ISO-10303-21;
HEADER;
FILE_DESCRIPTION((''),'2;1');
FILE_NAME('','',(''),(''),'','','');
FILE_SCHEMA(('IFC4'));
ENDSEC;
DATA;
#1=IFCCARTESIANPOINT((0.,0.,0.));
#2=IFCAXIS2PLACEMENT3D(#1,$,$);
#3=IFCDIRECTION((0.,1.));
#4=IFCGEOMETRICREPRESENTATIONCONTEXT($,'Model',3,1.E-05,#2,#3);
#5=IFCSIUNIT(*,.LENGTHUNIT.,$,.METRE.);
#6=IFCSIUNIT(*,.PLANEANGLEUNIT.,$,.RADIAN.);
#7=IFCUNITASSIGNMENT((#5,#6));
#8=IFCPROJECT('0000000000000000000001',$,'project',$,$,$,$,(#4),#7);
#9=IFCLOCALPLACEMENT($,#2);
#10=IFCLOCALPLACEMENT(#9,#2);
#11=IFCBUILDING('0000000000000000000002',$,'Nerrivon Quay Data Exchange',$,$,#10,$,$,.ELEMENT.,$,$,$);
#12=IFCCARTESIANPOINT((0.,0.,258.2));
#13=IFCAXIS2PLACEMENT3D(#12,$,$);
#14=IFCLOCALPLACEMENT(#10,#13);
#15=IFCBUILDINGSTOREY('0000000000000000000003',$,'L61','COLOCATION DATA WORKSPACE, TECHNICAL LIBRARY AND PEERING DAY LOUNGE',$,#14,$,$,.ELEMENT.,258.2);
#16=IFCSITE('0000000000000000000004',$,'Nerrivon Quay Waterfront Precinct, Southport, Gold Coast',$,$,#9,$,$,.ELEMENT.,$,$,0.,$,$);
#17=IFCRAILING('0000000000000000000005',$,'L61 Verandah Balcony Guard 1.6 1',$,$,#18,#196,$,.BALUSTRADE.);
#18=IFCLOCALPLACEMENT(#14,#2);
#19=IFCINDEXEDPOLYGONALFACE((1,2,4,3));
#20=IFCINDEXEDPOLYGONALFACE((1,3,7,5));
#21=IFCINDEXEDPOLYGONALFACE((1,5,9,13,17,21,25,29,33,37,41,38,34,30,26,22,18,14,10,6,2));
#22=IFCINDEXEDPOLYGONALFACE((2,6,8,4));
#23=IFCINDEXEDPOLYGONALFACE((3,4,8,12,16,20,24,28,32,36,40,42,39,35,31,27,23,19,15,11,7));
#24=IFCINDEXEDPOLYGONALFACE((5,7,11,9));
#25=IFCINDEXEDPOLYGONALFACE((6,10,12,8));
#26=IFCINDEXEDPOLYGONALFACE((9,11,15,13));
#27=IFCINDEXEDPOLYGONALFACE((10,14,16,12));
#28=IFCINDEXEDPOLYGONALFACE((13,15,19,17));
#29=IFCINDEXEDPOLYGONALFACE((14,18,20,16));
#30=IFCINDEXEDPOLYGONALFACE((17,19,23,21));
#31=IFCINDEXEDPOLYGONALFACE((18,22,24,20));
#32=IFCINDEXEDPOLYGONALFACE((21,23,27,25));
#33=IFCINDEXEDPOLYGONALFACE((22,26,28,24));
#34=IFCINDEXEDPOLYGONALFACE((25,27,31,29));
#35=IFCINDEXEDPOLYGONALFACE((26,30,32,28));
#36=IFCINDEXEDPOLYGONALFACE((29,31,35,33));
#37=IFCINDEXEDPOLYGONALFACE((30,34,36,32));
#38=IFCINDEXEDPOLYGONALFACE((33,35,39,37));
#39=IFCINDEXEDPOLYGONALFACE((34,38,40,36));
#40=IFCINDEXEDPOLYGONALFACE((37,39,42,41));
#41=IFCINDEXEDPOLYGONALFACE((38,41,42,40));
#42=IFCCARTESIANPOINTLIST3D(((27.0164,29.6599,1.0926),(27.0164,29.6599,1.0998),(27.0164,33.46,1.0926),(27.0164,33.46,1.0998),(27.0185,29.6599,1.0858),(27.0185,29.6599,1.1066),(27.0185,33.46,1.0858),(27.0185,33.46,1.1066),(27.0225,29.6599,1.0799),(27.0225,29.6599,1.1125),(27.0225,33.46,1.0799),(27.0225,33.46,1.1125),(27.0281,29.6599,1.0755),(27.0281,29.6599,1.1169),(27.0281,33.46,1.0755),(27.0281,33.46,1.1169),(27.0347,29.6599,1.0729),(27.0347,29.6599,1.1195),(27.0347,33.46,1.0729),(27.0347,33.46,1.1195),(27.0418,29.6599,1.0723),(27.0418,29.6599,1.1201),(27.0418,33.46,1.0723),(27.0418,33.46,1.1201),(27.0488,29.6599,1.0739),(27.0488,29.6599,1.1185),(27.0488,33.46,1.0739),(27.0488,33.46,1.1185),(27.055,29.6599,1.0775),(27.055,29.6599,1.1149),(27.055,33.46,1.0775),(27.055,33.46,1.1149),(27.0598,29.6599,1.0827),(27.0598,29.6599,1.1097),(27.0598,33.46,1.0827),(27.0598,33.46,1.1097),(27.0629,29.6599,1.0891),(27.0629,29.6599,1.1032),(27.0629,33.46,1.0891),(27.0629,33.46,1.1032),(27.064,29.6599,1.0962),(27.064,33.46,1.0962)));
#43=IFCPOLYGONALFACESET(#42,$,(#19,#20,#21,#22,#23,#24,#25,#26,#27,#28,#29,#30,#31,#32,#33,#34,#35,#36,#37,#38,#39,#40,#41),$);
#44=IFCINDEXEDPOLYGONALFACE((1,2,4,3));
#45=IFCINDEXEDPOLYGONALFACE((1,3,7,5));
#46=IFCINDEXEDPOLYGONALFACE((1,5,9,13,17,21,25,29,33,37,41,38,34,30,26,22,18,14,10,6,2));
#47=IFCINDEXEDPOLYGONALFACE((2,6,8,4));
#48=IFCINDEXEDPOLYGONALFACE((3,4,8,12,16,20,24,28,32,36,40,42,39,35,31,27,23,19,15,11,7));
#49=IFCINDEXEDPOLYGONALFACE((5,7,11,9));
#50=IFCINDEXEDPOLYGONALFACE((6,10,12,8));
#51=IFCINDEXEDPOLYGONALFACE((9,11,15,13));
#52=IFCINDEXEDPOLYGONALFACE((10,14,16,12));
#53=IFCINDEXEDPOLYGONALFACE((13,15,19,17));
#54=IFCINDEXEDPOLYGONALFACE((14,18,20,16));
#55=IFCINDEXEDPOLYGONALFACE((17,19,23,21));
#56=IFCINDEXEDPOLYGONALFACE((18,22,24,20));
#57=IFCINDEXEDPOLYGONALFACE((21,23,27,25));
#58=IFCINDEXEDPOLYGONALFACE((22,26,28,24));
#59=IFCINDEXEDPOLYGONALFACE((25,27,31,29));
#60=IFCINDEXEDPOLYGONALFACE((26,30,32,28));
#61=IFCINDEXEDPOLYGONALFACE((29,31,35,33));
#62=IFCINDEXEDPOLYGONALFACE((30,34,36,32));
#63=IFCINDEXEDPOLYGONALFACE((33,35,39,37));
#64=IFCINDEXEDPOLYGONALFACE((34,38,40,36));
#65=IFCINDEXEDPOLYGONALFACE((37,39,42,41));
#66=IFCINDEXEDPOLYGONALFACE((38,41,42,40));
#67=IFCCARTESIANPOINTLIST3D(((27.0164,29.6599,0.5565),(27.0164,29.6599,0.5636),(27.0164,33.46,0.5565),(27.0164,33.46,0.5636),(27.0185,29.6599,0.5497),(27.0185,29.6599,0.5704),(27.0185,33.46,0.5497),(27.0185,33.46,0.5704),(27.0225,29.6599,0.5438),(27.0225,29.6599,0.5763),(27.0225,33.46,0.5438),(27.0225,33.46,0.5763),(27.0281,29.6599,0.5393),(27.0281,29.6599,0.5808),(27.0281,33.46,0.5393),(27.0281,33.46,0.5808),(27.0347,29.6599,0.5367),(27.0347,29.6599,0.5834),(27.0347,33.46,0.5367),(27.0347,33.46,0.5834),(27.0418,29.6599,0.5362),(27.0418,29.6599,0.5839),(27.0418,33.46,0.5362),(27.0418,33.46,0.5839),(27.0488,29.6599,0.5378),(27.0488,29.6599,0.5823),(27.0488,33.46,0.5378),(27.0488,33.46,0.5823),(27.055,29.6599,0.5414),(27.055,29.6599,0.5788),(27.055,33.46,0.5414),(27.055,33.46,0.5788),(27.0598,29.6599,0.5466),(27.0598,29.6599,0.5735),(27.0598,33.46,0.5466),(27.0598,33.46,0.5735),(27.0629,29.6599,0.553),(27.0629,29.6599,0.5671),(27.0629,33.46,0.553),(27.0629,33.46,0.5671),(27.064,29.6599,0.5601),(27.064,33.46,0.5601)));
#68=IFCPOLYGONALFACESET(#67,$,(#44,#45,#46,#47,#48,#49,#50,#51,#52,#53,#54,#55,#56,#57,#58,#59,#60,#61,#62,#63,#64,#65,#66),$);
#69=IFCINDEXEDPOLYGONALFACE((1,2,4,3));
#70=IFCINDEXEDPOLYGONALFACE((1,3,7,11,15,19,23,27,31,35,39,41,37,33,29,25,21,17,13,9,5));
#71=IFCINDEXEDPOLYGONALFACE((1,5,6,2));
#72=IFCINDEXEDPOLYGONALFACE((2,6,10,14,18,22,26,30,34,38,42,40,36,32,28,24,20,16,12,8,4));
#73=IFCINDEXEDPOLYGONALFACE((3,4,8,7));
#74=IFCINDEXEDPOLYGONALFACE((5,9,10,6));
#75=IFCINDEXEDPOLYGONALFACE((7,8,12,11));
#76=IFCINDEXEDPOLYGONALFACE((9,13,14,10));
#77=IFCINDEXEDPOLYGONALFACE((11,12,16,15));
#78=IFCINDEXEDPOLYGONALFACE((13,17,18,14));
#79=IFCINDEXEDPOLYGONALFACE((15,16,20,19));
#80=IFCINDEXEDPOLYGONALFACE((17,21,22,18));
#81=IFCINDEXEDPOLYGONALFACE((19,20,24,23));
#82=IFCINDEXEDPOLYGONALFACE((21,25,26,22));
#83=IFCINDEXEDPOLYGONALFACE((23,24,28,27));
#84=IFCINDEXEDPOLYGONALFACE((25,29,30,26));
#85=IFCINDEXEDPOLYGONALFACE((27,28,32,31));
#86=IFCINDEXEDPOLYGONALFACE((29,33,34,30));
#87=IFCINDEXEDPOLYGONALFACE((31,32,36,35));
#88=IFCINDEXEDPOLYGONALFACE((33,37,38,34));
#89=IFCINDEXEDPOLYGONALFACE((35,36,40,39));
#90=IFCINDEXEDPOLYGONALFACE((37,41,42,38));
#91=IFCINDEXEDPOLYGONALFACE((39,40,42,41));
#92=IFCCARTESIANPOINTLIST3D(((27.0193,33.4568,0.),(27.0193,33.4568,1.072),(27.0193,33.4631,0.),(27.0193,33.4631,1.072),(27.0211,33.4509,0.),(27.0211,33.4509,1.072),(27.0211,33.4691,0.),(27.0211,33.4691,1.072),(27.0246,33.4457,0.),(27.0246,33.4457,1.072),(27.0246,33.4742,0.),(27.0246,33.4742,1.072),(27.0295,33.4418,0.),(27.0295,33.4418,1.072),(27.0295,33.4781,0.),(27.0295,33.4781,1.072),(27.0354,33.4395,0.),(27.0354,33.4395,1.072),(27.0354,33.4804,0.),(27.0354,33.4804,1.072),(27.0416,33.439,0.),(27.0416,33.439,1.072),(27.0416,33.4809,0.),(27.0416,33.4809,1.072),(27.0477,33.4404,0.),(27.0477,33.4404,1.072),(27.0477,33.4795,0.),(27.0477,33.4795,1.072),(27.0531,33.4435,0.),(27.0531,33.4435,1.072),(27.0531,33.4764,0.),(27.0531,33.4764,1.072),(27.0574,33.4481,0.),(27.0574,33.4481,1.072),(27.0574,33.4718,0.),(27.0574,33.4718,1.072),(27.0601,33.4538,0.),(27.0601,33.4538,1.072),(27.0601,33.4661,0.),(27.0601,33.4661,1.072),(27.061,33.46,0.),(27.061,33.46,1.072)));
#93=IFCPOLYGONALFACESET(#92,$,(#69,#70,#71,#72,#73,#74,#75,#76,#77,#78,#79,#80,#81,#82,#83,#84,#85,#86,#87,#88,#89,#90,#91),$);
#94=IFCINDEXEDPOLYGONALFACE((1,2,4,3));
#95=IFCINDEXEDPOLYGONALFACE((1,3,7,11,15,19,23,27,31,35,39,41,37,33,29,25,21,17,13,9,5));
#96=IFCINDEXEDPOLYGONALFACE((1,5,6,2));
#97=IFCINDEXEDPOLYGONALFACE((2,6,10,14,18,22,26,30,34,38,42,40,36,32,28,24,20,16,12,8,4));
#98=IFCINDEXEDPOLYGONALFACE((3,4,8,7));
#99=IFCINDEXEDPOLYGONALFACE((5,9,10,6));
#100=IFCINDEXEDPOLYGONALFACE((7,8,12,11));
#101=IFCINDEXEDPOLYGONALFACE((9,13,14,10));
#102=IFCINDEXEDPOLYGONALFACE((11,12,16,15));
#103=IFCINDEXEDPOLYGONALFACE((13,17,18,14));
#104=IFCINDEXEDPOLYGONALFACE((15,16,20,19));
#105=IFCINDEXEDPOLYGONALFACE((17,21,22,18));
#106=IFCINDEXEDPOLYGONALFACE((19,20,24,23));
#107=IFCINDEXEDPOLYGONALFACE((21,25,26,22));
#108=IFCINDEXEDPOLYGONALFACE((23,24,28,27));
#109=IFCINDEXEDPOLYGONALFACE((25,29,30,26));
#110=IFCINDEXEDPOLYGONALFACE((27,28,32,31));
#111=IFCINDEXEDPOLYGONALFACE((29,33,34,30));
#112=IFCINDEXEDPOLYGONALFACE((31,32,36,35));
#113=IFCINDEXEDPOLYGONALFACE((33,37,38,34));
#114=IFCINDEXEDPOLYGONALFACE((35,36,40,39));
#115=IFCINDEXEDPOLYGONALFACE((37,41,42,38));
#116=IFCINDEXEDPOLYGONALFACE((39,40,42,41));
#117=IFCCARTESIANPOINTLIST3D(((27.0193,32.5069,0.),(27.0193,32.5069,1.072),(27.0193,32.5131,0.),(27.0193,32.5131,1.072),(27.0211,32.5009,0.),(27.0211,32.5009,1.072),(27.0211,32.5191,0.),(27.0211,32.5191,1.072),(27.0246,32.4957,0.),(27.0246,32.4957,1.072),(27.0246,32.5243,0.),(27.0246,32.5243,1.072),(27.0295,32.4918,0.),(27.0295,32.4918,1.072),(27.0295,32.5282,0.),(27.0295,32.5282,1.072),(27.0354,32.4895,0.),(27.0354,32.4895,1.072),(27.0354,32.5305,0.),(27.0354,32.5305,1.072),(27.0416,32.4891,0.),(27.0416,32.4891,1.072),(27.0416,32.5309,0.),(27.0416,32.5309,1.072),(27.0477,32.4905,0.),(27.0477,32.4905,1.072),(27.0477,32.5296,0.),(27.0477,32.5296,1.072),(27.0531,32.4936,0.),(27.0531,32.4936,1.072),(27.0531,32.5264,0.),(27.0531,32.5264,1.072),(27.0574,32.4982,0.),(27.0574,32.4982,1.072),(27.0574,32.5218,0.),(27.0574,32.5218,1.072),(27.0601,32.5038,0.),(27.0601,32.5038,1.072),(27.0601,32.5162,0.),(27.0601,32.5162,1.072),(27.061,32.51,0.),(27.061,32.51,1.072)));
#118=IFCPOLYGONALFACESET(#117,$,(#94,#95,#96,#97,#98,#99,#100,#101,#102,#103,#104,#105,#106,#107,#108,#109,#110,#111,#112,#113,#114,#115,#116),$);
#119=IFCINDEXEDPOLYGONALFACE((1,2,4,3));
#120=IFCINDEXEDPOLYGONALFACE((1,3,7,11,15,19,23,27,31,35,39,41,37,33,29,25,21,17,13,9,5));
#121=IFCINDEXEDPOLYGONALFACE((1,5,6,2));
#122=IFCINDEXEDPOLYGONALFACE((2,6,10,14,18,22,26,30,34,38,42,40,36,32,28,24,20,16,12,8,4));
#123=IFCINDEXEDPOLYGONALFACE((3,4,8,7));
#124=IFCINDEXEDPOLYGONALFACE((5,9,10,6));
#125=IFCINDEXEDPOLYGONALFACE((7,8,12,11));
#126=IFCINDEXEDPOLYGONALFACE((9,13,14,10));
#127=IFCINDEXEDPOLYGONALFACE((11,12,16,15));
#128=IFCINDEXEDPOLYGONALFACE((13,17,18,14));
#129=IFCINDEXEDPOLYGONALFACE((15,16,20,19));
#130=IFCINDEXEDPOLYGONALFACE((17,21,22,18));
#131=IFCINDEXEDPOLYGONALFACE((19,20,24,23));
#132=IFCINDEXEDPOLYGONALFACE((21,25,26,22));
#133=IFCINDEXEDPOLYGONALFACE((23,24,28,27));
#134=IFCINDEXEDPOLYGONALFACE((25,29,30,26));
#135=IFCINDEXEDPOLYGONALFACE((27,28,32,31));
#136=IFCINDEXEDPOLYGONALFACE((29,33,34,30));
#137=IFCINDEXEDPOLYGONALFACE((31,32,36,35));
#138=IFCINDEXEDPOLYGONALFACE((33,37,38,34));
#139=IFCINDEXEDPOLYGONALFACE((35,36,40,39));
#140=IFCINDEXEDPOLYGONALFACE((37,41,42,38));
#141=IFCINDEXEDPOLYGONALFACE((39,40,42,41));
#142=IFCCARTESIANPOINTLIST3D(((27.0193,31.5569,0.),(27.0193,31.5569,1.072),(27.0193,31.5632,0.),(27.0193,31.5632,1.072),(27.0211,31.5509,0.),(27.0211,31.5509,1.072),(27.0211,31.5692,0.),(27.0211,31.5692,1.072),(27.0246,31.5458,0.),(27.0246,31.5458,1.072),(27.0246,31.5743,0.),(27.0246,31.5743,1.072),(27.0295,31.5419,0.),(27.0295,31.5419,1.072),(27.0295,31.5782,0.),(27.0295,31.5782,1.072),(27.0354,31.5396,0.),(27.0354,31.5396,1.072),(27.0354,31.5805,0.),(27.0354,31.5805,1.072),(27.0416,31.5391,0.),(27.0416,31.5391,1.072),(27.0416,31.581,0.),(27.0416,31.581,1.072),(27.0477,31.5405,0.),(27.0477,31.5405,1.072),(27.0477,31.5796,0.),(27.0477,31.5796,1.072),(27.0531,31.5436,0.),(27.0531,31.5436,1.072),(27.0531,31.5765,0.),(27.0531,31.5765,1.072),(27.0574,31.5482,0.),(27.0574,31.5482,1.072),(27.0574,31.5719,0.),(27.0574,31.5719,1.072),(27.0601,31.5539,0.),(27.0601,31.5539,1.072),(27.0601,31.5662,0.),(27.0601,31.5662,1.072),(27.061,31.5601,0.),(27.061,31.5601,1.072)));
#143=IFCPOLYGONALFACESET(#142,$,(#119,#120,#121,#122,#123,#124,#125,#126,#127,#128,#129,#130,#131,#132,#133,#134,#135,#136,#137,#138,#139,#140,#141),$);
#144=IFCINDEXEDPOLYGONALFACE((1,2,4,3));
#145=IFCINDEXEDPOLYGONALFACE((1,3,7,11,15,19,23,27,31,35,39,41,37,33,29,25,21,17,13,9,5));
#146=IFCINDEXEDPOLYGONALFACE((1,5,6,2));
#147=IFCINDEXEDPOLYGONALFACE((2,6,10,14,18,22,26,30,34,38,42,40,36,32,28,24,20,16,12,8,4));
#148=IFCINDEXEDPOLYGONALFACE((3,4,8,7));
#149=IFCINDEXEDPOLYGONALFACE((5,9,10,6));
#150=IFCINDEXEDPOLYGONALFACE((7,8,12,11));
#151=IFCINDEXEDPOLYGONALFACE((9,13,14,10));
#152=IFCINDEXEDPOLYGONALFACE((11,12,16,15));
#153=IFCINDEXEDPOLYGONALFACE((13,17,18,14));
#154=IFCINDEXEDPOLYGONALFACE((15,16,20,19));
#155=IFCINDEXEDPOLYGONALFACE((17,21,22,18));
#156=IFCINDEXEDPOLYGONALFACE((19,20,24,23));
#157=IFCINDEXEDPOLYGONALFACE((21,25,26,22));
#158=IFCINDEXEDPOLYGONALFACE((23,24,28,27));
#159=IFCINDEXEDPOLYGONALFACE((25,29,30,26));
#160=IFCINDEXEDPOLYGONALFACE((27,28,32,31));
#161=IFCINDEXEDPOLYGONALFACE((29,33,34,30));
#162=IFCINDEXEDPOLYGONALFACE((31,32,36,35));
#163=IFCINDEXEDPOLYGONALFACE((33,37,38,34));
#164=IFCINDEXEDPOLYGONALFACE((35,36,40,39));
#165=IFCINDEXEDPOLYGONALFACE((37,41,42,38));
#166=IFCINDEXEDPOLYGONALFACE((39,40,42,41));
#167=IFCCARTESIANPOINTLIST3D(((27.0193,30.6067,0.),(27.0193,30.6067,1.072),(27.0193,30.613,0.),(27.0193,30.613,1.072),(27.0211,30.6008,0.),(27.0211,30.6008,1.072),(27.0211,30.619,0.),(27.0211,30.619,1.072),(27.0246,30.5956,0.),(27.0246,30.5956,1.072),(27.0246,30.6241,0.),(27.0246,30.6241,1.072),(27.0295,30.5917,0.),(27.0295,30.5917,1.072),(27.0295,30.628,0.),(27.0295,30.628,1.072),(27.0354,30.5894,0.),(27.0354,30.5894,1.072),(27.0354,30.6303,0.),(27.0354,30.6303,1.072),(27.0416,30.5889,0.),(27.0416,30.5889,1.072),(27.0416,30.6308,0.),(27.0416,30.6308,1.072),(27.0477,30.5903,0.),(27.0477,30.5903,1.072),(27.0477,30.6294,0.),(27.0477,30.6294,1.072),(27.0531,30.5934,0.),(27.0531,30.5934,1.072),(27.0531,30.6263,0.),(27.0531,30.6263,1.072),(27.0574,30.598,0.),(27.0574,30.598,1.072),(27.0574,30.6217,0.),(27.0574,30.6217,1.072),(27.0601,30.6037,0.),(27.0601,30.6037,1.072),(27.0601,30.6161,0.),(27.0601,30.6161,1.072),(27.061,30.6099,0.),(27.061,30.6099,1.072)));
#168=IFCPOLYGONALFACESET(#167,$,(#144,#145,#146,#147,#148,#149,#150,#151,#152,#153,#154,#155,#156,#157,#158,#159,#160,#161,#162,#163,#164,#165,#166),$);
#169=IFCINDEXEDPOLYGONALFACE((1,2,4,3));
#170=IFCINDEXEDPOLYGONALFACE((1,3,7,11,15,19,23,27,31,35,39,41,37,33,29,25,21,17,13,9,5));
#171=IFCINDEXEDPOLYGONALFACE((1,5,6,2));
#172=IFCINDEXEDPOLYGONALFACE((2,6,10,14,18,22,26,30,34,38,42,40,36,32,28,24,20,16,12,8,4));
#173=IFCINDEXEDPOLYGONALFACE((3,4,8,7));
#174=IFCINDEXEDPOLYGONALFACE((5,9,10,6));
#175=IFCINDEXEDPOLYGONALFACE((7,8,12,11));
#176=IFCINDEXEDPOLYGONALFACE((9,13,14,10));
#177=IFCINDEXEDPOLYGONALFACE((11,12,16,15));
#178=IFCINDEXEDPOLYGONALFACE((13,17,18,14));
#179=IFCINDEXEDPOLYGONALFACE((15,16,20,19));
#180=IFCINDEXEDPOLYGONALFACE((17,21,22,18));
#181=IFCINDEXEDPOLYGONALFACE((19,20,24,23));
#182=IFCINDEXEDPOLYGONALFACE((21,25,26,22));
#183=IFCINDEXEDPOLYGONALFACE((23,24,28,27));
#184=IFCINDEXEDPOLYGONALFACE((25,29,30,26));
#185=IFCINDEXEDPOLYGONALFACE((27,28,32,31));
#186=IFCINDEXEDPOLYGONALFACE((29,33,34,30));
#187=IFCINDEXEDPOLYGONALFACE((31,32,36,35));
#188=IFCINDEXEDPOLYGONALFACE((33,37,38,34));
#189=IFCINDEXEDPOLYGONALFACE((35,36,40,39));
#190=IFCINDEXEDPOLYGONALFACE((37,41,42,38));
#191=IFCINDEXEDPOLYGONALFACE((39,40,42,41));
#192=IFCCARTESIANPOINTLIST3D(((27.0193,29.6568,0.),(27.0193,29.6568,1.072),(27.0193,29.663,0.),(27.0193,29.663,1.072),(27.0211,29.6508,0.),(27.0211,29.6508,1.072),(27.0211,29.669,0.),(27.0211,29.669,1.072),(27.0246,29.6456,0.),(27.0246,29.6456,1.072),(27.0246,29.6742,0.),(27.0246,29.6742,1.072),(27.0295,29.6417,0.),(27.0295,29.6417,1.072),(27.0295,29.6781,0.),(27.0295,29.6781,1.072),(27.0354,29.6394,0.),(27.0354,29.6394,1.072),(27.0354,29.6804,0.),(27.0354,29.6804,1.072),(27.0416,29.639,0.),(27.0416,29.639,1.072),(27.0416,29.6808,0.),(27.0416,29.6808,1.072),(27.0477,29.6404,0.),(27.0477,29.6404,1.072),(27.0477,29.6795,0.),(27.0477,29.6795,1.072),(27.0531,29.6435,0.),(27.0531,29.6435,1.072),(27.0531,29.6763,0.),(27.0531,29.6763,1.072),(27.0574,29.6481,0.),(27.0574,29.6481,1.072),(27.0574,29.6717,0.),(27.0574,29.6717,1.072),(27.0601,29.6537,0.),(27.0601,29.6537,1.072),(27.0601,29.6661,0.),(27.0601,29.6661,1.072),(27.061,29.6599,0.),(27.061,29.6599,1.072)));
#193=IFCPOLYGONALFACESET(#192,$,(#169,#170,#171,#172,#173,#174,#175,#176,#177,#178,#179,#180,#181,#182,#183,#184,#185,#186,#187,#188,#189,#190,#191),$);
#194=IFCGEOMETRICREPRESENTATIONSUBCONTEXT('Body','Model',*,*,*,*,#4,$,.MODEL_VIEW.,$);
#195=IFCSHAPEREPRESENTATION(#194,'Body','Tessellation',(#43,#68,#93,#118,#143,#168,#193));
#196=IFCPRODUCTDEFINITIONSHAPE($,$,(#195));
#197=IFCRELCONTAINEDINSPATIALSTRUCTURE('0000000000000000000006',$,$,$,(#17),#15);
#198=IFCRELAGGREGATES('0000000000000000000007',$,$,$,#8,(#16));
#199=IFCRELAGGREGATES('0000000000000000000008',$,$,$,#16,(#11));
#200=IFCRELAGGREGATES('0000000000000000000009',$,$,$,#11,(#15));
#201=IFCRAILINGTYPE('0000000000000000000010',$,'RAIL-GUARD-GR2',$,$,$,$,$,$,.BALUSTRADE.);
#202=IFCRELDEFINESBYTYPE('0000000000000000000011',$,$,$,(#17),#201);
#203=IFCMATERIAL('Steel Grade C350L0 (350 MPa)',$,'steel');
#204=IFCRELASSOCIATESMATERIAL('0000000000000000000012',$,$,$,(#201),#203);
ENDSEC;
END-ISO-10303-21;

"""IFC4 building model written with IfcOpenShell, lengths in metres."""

from ifc_helpers import new_model, si_unit, direction, frame, origin, origin_2d, place, context, subcontext, project, spatial, circle, extrude, material, type_object, element, save


model = new_model("IFC4")

# Units and contexts
model_context = context("Model", 3, precision=1e-05, world=origin(), true_north=direction((0.0, 1.0)))
body_context = subcontext(model_context, "Body", "Model", "MODEL_VIEW")
ifc_project = project(units=[si_unit("LENGTHUNIT", "METRE"), si_unit("PLANEANGLEUNIT", "RADIAN")], contexts=[model_context])

# Site, building, storey
site_placement = place(None, origin())
site = spatial("IfcSite", under=ifc_project, at=site_placement, Name="Nerrivon Quay Waterfront Precinct, Southport, Gold Coast", CompositionType="ELEMENT", RefElevation=0.0)
building_placement = place(site_placement, origin())
building = spatial("IfcBuilding", under=site, at=building_placement, Name="Nerrivon Quay Data Exchange", CompositionType="ELEMENT")
storey_placement = place(building_placement, frame((0.0, 0.0, 258.2)))
storey = spatial("IfcBuildingStorey", under=building, at=storey_placement, Name="L61", Description="COLOCATION DATA WORKSPACE, TECHNICAL LIBRARY AND PEERING DAY LOUNGE", CompositionType="ELEMENT", Elevation=258.2)

# Shared definitions
ifc_material_1 = material(Name="Steel Grade C350L0 (350 MPa)", Category="steel")

# Railing
railing_type = type_object("IfcRailingType", Name="RAIL-GUARD-GR2", PredefinedType="BALUSTRADE", material=ifc_material_1)
railing_1_placement = place(storey_placement, frame((27.04, 33.46, 0.0)))
element("IfcRailing", 1, at=railing_1_placement, inside=storey, type_object=railing_type, Name="L61 Verandah Balcony Guard 1.6 1", PredefinedType="BALUSTRADE", context=body_context, shape_type="SweptSolid", body=[
    extrude(circle(Radius=0.0239, at=origin_2d()), frame((0.0, 0.0, 1.0962), z_axis=(0.0, -1.0, 0.0), x_axis=(1.0, 0.0, 0.0)), (0.0, 0.0, 1.0), 3.8),
    extrude(circle(Radius=0.0239, at=origin_2d()), frame((0.0, 0.0, 0.5601), z_axis=(0.0, -1.0, 0.0), x_axis=(1.0, 0.0, 0.0)), (0.0, 0.0, 1.0), 3.8),
    extrude(circle(Radius=0.021, at=origin_2d()), origin(), (0.0, 0.0, 1.0), 1.072),
    extrude(circle(Radius=0.021, at=origin_2d()), frame((0.0, -0.95, 0.0)), (0.0, 0.0, 1.0), 1.072),
    extrude(circle(Radius=0.021, at=origin_2d()), frame((0.0, -1.8999, 0.0)), (0.0, 0.0, 1.0), 1.072),
    extrude(circle(Radius=0.021, at=origin_2d()), frame((0.0, -2.8501, 0.0)), (0.0, 0.0, 1.0), 1.072),
    extrude(circle(Radius=0.021, at=origin_2d()), frame((0.0, -3.8, 0.0)), (0.0, 0.0, 1.0), 1.072),
])

save(model, "model.ifc")
